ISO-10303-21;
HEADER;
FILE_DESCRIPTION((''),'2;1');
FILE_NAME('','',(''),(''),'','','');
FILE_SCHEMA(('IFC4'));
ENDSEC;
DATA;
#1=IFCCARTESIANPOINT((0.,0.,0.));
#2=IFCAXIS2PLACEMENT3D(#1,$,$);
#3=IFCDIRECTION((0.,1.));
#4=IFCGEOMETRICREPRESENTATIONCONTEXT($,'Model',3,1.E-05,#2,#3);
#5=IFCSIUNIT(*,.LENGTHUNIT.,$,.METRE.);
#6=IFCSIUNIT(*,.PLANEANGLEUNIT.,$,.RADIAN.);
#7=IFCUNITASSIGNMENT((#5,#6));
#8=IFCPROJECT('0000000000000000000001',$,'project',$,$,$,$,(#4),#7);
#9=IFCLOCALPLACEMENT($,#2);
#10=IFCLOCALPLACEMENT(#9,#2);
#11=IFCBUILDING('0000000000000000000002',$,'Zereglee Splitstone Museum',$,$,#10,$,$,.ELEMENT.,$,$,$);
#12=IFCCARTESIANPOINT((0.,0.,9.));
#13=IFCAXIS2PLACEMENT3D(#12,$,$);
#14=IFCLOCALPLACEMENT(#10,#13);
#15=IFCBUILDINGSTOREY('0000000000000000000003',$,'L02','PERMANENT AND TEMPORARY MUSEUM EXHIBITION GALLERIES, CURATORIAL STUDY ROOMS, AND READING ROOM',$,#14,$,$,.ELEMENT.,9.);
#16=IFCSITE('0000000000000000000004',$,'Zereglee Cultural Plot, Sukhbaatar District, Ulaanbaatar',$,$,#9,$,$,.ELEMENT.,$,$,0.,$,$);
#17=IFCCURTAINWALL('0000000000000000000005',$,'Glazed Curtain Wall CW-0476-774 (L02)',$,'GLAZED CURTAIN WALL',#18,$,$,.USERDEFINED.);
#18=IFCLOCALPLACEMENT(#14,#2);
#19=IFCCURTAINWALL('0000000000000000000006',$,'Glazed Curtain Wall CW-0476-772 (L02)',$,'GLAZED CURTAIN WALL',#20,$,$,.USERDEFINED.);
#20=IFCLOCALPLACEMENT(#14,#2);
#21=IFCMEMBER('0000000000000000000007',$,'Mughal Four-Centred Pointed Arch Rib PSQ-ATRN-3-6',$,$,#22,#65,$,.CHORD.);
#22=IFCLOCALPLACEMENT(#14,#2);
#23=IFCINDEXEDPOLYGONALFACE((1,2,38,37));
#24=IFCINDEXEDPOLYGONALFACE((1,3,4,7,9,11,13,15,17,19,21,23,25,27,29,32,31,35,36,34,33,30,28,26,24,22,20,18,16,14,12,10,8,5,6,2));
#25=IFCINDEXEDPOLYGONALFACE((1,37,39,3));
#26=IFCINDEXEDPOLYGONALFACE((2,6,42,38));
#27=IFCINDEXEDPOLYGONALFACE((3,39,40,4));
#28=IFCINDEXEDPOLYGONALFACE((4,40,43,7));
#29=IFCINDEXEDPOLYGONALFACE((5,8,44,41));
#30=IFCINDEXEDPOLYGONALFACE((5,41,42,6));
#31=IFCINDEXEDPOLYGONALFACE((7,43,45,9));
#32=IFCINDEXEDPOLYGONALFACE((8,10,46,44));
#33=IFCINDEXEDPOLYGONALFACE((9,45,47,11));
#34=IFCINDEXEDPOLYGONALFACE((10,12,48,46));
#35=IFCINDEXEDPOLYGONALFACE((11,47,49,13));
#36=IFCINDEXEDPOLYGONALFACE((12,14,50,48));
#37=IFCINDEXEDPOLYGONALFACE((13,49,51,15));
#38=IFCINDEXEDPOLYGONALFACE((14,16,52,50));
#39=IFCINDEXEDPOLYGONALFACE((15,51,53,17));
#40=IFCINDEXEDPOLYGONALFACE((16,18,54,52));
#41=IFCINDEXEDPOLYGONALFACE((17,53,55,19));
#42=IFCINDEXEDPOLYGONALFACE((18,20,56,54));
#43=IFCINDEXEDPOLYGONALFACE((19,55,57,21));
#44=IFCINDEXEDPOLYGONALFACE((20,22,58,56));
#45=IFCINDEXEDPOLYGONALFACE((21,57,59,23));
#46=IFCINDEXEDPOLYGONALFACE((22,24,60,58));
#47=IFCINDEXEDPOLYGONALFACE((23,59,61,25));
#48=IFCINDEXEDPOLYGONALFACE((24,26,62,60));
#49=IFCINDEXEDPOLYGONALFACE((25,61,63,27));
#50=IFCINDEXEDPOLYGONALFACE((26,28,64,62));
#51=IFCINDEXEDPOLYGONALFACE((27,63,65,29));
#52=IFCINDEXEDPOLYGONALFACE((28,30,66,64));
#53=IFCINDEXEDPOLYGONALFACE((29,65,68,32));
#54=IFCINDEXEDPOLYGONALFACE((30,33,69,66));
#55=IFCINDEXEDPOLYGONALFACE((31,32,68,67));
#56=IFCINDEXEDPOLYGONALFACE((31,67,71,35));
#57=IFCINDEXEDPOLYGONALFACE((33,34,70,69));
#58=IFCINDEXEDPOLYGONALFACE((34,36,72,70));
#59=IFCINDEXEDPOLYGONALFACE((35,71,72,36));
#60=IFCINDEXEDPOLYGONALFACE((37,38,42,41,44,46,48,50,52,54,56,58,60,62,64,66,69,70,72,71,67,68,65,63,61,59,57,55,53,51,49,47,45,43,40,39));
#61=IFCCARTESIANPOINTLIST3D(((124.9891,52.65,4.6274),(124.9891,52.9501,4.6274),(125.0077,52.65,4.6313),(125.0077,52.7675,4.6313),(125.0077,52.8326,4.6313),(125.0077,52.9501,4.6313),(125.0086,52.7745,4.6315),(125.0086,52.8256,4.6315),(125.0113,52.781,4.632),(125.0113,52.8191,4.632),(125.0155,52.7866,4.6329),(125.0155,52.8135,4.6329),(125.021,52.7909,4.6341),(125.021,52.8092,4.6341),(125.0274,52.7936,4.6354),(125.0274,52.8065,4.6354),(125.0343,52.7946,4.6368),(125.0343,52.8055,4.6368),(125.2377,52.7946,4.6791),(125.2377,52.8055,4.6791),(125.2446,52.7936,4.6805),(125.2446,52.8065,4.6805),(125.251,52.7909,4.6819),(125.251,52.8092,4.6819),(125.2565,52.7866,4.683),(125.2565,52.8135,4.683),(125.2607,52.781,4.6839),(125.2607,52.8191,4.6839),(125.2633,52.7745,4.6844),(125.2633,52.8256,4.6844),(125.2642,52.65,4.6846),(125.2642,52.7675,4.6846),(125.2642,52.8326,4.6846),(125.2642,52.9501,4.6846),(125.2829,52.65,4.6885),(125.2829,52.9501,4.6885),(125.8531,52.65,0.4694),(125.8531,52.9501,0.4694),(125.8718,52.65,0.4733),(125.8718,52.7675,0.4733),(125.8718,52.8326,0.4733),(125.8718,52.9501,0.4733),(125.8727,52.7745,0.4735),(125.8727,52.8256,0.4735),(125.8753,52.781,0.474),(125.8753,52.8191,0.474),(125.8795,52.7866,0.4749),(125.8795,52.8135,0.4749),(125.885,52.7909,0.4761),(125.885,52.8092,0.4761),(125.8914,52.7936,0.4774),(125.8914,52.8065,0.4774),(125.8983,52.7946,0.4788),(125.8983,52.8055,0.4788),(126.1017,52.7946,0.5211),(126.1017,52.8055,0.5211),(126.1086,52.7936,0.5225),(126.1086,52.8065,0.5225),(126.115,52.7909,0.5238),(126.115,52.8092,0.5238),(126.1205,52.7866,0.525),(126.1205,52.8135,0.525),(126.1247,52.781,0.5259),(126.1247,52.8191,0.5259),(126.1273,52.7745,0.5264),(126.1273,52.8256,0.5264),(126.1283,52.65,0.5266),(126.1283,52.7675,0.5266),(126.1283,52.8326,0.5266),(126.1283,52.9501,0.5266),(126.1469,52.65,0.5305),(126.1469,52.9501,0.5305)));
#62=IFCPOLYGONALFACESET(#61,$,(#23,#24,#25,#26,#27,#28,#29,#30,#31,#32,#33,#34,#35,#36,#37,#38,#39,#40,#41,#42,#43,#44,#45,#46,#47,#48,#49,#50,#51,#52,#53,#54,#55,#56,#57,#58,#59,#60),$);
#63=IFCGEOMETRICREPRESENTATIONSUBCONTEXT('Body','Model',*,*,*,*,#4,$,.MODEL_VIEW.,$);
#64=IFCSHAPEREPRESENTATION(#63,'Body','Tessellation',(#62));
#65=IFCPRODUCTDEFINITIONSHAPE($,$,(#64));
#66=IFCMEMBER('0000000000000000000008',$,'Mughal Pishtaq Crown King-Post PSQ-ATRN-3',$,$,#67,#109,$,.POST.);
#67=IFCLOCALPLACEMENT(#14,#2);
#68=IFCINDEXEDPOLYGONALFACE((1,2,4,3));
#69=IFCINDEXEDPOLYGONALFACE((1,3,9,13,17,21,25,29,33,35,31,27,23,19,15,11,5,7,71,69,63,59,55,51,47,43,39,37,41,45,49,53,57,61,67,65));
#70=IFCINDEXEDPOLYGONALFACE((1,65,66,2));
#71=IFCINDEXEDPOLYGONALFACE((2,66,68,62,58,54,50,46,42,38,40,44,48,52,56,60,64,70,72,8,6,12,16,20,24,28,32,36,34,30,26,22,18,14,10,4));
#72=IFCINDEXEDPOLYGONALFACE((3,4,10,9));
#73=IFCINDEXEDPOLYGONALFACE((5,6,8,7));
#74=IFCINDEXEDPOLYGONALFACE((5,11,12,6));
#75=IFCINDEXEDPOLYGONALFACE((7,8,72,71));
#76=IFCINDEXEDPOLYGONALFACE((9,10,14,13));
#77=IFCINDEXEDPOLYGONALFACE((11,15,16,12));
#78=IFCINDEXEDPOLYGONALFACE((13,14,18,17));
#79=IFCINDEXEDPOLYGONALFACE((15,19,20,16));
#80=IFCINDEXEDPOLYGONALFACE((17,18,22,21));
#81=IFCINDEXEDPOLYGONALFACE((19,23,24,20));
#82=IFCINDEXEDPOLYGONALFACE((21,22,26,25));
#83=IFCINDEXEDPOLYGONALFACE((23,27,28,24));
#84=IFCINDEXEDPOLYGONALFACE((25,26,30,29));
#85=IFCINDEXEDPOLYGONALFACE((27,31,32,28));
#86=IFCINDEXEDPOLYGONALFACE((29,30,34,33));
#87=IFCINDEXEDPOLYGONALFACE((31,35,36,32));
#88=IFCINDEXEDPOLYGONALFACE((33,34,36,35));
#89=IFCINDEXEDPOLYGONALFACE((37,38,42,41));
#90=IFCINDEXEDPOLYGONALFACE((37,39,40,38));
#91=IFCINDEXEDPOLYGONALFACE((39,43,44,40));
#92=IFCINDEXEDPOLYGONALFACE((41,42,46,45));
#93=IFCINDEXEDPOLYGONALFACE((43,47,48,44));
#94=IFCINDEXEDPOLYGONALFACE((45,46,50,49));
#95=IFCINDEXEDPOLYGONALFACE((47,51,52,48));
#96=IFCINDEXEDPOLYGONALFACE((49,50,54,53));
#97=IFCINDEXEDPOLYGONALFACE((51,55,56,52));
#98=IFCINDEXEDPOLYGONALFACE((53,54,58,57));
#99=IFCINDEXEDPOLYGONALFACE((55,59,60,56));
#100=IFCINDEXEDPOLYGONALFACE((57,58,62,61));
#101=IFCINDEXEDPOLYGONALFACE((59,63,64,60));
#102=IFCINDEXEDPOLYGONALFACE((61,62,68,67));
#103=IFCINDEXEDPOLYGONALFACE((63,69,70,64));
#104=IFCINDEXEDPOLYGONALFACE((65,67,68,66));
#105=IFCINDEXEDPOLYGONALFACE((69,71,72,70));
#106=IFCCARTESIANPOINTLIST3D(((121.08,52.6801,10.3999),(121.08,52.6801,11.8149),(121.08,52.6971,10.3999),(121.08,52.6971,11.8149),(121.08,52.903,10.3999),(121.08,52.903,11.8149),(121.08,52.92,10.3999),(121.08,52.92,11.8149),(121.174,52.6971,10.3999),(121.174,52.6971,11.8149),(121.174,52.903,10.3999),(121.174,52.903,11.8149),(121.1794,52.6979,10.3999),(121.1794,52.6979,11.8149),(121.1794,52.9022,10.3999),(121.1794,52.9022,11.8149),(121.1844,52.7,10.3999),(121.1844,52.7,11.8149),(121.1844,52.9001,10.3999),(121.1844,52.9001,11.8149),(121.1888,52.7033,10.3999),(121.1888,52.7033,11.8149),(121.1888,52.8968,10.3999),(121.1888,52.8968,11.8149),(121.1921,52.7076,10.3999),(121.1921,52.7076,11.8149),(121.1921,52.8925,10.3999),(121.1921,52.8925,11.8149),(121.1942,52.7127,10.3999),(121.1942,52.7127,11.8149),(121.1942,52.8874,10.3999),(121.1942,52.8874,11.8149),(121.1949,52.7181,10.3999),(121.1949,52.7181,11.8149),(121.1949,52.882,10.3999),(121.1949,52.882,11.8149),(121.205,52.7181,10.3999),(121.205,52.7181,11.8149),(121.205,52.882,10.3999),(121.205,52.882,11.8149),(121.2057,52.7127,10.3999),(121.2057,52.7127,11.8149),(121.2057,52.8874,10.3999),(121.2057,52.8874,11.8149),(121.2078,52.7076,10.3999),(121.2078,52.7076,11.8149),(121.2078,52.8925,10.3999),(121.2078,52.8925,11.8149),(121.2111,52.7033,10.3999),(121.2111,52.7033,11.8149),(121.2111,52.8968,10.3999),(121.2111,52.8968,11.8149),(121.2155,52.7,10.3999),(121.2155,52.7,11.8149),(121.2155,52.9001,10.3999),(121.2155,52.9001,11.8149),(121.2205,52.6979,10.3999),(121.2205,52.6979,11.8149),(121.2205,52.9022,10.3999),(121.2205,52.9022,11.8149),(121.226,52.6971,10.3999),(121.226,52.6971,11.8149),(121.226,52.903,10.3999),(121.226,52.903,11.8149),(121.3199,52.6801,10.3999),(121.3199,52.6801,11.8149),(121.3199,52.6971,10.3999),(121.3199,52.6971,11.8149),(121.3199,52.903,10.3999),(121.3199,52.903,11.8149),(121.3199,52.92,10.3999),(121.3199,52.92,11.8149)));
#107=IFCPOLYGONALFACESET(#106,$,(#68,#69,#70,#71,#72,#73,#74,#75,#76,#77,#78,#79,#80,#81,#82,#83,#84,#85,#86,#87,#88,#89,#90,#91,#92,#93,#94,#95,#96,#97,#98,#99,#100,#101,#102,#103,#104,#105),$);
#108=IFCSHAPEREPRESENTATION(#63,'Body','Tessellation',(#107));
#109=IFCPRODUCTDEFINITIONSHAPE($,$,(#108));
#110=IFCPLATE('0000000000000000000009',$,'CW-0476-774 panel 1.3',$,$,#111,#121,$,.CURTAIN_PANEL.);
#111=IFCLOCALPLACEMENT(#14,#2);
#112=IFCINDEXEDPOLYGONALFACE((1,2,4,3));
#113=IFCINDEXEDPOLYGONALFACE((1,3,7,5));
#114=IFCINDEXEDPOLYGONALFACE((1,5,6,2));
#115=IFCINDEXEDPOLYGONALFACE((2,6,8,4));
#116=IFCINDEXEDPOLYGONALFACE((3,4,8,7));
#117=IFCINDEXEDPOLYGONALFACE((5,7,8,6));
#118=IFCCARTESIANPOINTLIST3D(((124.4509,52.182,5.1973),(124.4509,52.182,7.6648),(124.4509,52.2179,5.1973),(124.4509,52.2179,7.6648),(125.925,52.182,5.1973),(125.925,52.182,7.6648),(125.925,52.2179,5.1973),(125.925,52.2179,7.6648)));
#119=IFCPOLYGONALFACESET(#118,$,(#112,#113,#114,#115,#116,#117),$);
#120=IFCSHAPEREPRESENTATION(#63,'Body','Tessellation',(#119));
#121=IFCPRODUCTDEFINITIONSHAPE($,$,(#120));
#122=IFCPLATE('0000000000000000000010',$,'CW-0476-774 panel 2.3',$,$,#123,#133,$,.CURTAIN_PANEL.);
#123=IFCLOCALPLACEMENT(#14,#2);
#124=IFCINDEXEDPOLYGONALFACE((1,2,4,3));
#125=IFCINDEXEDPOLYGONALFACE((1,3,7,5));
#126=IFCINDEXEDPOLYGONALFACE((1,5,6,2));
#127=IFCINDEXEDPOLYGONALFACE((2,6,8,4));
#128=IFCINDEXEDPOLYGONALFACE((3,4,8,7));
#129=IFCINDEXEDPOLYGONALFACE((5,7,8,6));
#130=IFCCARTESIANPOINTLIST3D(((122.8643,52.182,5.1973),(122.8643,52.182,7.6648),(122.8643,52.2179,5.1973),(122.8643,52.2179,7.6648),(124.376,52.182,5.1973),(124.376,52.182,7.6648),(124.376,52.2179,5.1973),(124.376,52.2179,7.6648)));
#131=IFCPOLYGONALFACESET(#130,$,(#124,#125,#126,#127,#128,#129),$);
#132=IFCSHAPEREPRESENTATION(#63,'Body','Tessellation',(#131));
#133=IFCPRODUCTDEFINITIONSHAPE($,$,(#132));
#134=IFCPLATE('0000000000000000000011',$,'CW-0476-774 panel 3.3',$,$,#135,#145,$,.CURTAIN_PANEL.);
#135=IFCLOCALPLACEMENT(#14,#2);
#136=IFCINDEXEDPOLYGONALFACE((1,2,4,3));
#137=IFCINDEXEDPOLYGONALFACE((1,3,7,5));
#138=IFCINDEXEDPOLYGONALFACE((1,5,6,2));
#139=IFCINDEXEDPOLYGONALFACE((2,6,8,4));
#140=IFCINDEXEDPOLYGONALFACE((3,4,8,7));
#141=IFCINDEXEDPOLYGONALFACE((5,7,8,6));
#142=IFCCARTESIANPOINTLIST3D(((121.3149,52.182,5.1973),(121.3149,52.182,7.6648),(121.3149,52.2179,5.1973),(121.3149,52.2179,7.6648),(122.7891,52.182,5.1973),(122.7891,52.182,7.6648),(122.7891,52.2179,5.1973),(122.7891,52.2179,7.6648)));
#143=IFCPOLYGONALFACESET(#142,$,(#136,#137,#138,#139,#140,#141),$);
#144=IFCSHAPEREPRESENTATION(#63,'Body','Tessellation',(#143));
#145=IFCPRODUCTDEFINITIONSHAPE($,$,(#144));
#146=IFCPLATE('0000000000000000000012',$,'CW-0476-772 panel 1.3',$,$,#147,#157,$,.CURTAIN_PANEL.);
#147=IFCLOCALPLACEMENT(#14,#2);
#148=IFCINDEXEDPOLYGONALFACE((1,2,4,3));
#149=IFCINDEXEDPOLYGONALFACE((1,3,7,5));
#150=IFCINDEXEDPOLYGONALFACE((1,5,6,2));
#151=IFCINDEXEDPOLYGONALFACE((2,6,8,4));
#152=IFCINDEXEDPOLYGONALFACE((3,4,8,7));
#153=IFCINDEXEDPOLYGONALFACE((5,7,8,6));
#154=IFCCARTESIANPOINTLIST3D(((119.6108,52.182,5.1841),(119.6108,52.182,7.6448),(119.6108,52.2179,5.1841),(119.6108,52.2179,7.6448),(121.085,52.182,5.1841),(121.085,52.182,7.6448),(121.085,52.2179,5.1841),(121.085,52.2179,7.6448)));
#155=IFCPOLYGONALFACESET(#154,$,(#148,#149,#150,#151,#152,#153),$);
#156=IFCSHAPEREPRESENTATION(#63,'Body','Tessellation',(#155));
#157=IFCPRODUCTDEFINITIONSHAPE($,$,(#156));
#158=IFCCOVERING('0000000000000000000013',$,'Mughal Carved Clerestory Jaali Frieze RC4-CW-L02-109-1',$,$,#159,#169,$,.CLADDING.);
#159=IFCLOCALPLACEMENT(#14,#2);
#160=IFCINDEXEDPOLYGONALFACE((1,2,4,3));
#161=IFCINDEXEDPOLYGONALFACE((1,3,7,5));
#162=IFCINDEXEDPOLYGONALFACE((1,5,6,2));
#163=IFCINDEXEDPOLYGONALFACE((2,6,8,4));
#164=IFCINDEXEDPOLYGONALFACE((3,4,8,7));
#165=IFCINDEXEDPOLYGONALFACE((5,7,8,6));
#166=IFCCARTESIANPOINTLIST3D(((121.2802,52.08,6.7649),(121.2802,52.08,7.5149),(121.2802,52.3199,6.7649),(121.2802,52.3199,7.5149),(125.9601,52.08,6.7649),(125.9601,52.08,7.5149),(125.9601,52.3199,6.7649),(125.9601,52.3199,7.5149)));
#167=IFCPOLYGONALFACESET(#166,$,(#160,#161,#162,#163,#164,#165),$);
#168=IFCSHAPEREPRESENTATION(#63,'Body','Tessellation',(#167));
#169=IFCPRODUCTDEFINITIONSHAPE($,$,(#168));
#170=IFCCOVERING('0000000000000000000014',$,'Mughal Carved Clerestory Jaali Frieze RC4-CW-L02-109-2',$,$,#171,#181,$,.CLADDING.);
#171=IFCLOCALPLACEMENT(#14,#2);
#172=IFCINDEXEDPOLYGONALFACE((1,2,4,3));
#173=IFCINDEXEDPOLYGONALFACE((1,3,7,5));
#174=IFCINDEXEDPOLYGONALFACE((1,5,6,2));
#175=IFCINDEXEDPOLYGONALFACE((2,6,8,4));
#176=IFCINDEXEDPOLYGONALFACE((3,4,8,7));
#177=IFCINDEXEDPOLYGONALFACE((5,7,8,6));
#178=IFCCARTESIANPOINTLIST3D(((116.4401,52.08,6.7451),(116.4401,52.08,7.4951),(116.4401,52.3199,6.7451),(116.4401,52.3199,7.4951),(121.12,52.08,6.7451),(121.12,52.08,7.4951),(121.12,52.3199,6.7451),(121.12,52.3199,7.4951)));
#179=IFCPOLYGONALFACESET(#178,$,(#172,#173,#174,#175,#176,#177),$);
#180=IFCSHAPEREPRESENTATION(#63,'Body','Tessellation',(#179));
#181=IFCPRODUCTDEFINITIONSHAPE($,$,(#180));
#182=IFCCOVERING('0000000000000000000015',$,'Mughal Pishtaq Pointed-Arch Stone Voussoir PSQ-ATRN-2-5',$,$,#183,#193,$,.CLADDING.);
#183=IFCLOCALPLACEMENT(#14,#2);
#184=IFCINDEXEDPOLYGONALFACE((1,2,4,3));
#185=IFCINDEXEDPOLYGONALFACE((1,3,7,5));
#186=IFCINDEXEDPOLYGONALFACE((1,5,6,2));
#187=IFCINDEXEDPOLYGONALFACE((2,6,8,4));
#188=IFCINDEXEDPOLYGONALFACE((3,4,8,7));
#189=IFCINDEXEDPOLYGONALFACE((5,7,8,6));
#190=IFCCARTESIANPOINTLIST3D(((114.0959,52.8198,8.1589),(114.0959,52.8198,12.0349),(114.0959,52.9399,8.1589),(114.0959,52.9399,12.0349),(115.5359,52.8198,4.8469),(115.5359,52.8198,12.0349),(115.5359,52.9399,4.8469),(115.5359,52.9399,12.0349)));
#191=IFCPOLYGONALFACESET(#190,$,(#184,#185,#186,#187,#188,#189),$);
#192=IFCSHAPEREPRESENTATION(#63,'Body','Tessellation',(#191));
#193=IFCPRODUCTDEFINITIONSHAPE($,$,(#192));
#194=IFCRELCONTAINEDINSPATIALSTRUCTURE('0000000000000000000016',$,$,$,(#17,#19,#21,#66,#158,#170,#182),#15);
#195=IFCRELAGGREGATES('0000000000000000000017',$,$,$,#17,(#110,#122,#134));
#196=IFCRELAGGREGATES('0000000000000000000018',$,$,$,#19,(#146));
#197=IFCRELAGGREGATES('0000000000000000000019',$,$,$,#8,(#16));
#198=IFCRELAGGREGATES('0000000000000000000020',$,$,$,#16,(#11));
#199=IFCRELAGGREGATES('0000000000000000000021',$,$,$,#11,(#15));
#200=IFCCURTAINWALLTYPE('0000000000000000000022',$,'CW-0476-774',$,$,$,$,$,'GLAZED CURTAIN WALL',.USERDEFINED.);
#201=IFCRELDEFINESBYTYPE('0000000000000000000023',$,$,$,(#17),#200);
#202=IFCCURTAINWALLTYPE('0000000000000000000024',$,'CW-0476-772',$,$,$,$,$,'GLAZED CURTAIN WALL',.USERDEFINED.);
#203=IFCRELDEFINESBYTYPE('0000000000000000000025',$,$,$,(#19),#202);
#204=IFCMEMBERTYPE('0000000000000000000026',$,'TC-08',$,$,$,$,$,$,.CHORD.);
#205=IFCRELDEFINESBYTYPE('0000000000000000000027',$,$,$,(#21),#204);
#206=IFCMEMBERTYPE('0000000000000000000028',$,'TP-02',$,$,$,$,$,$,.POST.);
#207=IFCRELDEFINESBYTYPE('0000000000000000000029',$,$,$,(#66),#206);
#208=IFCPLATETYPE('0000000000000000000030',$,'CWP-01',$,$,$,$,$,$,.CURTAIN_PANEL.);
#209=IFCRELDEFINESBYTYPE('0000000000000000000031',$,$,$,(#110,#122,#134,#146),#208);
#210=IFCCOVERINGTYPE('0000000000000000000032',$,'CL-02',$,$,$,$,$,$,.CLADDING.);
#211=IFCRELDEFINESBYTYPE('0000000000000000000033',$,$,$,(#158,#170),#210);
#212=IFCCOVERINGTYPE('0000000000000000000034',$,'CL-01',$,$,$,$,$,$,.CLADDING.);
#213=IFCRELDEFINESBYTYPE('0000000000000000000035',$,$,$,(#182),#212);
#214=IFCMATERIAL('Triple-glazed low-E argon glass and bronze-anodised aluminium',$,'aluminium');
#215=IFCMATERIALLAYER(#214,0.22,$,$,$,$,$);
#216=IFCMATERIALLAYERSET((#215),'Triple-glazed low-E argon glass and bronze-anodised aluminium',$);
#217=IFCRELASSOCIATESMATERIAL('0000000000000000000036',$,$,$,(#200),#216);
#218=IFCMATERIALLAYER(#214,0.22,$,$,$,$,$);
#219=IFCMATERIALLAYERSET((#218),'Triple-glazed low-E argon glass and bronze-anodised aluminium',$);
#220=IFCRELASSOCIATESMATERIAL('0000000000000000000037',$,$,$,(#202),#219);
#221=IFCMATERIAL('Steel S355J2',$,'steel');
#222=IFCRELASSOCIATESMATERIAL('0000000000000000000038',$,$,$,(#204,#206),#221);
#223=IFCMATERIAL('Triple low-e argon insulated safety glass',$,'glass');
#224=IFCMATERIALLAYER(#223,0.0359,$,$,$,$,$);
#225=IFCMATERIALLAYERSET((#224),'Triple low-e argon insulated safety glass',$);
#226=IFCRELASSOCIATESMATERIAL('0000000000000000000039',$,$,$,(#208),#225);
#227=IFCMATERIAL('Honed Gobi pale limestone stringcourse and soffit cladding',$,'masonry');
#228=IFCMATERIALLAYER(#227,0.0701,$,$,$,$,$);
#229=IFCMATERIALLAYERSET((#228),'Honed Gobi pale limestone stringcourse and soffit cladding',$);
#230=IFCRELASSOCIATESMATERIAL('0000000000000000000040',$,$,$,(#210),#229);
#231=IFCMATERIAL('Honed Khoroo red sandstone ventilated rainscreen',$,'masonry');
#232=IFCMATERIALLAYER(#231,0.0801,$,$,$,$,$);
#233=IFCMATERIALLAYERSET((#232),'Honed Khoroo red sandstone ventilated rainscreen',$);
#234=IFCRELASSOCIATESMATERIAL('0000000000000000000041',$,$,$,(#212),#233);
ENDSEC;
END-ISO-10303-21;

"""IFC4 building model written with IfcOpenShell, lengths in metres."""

from ifc_helpers import new_model, si_unit, direction, frame, origin, origin_2d, place, context, subcontext, project, spatial, polyline, rectangle, i_section, outline, extrude, material, layer, layer_set, material_profile, profile_set, type_object, element, aggregate, save


model = new_model("IFC4")

# Units and contexts
model_context = context("Model", 3, precision=1e-05, world=origin(), true_north=direction((0.0, 1.0)))
body_context = subcontext(model_context, "Body", "Model", "MODEL_VIEW")
ifc_project = project(units=[si_unit("LENGTHUNIT", "METRE"), si_unit("PLANEANGLEUNIT", "RADIAN")], contexts=[model_context])

# Site, building, storey
site_placement = place(None, origin())
site = spatial("IfcSite", under=ifc_project, at=site_placement, Name="Zereglee Cultural Plot, Sukhbaatar District, Ulaanbaatar", CompositionType="ELEMENT", RefElevation=0.0)
building_placement = place(site_placement, origin())
building = spatial("IfcBuilding", under=site, at=building_placement, Name="Zereglee Splitstone Museum", CompositionType="ELEMENT")
storey_placement = place(building_placement, frame((0.0, 0.0, 9.0)))
storey = spatial("IfcBuildingStorey", under=building, at=storey_placement, Name="L02", Description="PERMANENT AND TEMPORARY MUSEUM EXHIBITION GALLERIES, CURATORIAL STUDY ROOMS, AND READING ROOM", CompositionType="ELEMENT", Elevation=9.0)

# Curtain walls
ifc_material_1 = material(Name="Triple-glazed low-E argon glass and bronze-anodised aluminium", Category="aluminium")
ifc_layer_1 = layer(ifc_material_1, 0.22)
ifc_layer_set_1 = layer_set([ifc_layer_1], Name="Triple-glazed low-E argon glass and bronze-anodised aluminium")
curtain_wall_type_1 = type_object("IfcCurtainWallType", Name="CW-0476-774", ElementType="GLAZED CURTAIN WALL", PredefinedType="USERDEFINED", material=ifc_layer_set_1)
curtain_wall_1_placement = place(storey_placement, origin())
curtain_wall_1 = element("IfcCurtainWall", 1, at=curtain_wall_1_placement, inside=storey, type_object=curtain_wall_type_1, Name="Glazed Curtain Wall CW-0476-774 (L02)", ObjectType="GLAZED CURTAIN WALL", PredefinedType="USERDEFINED")
ifc_layer_2 = layer(ifc_material_1, 0.22)
ifc_layer_set_2 = layer_set([ifc_layer_2], Name="Triple-glazed low-E argon glass and bronze-anodised aluminium")
curtain_wall_type_2 = type_object("IfcCurtainWallType", Name="CW-0476-772", ElementType="GLAZED CURTAIN WALL", PredefinedType="USERDEFINED", material=ifc_layer_set_2)
curtain_wall_2_placement = place(storey_placement, origin())
curtain_wall_2 = element("IfcCurtainWall", 2, at=curtain_wall_2_placement, inside=storey, type_object=curtain_wall_type_2, Name="Glazed Curtain Wall CW-0476-772 (L02)", ObjectType="GLAZED CURTAIN WALL", PredefinedType="USERDEFINED")

# Members
ifc_material_2 = material(Name="Steel S355J2", Category="steel")
ifc_material_profile_1 = material_profile(ifc_material_2, i_section(OverallWidth=0.3, OverallDepth=0.3, WebThickness=0.011, FlangeThickness=0.019, FilletRadius=0.0271, at=origin_2d()), Name="HE 300 B")
ifc_profile_set_1 = profile_set([ifc_material_profile_1], Name="Steel S355J2")
member_type_1 = type_object("IfcMemberType", Name="TC-08", PredefinedType="CHORD", material=ifc_profile_set_1)
member_1_placement = place(storey_placement, frame((125.136, 52.8, 4.658), z_axis=(0.203451, 0.0, -0.979085), x_axis=(0.0, 1.0, 0.0)))
element("IfcMember", 3, at=member_1_placement, inside=storey, type_object=member_type_1, Name="Mughal Four-Centred Pointed Arch Rib PSQ-ATRN-3-6", PredefinedType="CHORD", context=body_context, shape_type="SweptSolid", body=[
    extrude(i_section(OverallWidth=0.3, OverallDepth=0.3, WebThickness=0.011, FlangeThickness=0.019, FilletRadius=0.0271, at=origin_2d()), origin(), (0.0, 0.0, 1.0), 4.2468),
])
ifc_material_profile_2 = material_profile(ifc_material_2, i_section(OverallWidth=0.24, OverallDepth=0.24, WebThickness=0.01, FlangeThickness=0.0171, FilletRadius=0.021, at=origin_2d()), Name="HE 240 B")
ifc_profile_set_2 = profile_set([ifc_material_profile_2], Name="Steel S355J2")
member_type_2 = type_object("IfcMemberType", Name="TP-02", PredefinedType="POST", material=ifc_profile_set_2)
member_2_placement = place(storey_placement, frame((121.2, 52.8, 10.3999), z_axis=(0.0, 0.0, 1.0), x_axis=(1.0, 0.0, 0.0)))
element("IfcMember", 4, at=member_2_placement, inside=storey, type_object=member_type_2, Name="Mughal Pishtaq Crown King-Post PSQ-ATRN-3", PredefinedType="POST", context=body_context, shape_type="SweptSolid", body=[
    extrude(i_section(OverallWidth=0.24, OverallDepth=0.24, WebThickness=0.01, FlangeThickness=0.0171, FilletRadius=0.021, at=origin_2d()), origin(), (0.0, 0.0, 1.0), 1.415),
])

# Plates
ifc_material_3 = material(Name="Triple low-e argon insulated safety glass", Category="glass")
ifc_layer_3 = layer(ifc_material_3, 0.0359)
ifc_layer_set_3 = layer_set([ifc_layer_3], Name="Triple low-e argon insulated safety glass")
plate_type = type_object("IfcPlateType", Name="CWP-01", PredefinedType="CURTAIN_PANEL", material=ifc_layer_set_3)
plate_1_placement = place(storey_placement, frame((125.188, 52.2, 5.1973), z_axis=(0.0, 0.0, 1.0), x_axis=(-1.0, 0.0, 0.0)))
plate_1 = element("IfcPlate", 5, at=plate_1_placement, type_object=plate_type, Name="CW-0476-774 panel 1.3", PredefinedType="CURTAIN_PANEL", context=body_context, shape_type="SweptSolid", body=[
    extrude(rectangle(XDim=1.4741, YDim=0.0359, at=origin_2d()), origin(), (0.0, 0.0, 1.0), 2.4675),
])
plate_2_placement = place(storey_placement, frame((123.6201, 52.2, 5.1973), z_axis=(0.0, 0.0, 1.0), x_axis=(-1.0, 0.0, 0.0)))
plate_2 = element("IfcPlate", 6, at=plate_2_placement, type_object=plate_type, Name="CW-0476-774 panel 2.3", PredefinedType="CURTAIN_PANEL", context=body_context, shape_type="SweptSolid", body=[
    extrude(rectangle(XDim=1.5117, YDim=0.0359, at=origin_2d()), origin(), (0.0, 0.0, 1.0), 2.4675),
])
plate_3_placement = place(storey_placement, frame((122.052, 52.2, 5.1973), z_axis=(0.0, 0.0, 1.0), x_axis=(-1.0, 0.0, 0.0)))
plate_3 = element("IfcPlate", 7, at=plate_3_placement, type_object=plate_type, Name="CW-0476-774 panel 3.3", PredefinedType="CURTAIN_PANEL", context=body_context, shape_type="SweptSolid", body=[
    extrude(rectangle(XDim=1.4741, YDim=0.0359, at=origin_2d()), origin(), (0.0, 0.0, 1.0), 2.4675),
])
aggregate(curtain_wall_1, [plate_1, plate_2, plate_3])
plate_4_placement = place(storey_placement, frame((120.3479, 52.2, 5.1841), z_axis=(0.0, 0.0, 1.0), x_axis=(-1.0, 0.0, 0.0)))
plate_4 = element("IfcPlate", 8, at=plate_4_placement, type_object=plate_type, Name="CW-0476-772 panel 1.3", PredefinedType="CURTAIN_PANEL", context=body_context, shape_type="SweptSolid", body=[
    extrude(rectangle(XDim=1.4741, YDim=0.0359, at=origin_2d()), origin(), (0.0, 0.0, 1.0), 2.4607),
])
aggregate(curtain_wall_2, [plate_4])

# Coverings
ifc_material_4 = material(Name="Honed Gobi pale limestone stringcourse and soffit cladding", Category="masonry")
ifc_layer_4 = layer(ifc_material_4, 0.0701)
ifc_layer_set_4 = layer_set([ifc_layer_4], Name="Honed Gobi pale limestone stringcourse and soffit cladding")
covering_type_1 = type_object("IfcCoveringType", Name="CL-02", PredefinedType="CLADDING", material=ifc_layer_set_4)
for number, where, z_axis, x_axis, name in (
    (9, (123.6201, 52.2, 6.7649), (0.0, 0.0, 1.0), (-1.0, 0.0, 0.0), "Mughal Carved Clerestory Jaali Frieze RC4-CW-L02-109-1"),
    (10, (118.78, 52.2, 6.7451), (0.0, 0.0, 1.0), (-1.0, 0.0, 0.0), "Mughal Carved Clerestory Jaali Frieze RC4-CW-L02-109-2"),
):
    element("IfcCovering", number, at=place(storey_placement, frame(where, z_axis=z_axis, x_axis=x_axis)), inside=storey, type_object=covering_type_1, Name=name, PredefinedType="CLADDING", context=body_context, shape_type="SweptSolid", body=[
        extrude(rectangle(XDim=4.6799, YDim=0.24, at=origin_2d()), origin(), (0.0, 0.0, 1.0), 0.75),
    ])
ifc_material_5 = material(Name="Honed Khoroo red sandstone ventilated rainscreen", Category="masonry")
ifc_layer_5 = layer(ifc_material_5, 0.0801)
ifc_layer_set_5 = layer_set([ifc_layer_5], Name="Honed Khoroo red sandstone ventilated rainscreen")
covering_type_2 = type_object("IfcCoveringType", Name="CL-01", PredefinedType="CLADDING", material=ifc_layer_set_5)
covering_1_placement = place(storey_placement, frame((114.0959, 52.9399, 12.0349), z_axis=(0.0, 1.0, 0.0), x_axis=(1.0, 0.0, 0.0)))
element("IfcCovering", 11, at=covering_1_placement, inside=storey, type_object=covering_type_2, Name="Mughal Pishtaq Pointed-Arch Stone Voussoir PSQ-ATRN-2-5", PredefinedType="CLADDING", context=body_context, shape_type="SweptSolid", body=[
    extrude(outline(polyline([(0.0, 0.0), (1.4399, 0.0), (1.4399, 7.188), (0.0, 3.876), (0.0, 0.0)])), origin(), (0.0, 0.0, -1.0), 0.1201),
])

save(model, "model.ifc")
